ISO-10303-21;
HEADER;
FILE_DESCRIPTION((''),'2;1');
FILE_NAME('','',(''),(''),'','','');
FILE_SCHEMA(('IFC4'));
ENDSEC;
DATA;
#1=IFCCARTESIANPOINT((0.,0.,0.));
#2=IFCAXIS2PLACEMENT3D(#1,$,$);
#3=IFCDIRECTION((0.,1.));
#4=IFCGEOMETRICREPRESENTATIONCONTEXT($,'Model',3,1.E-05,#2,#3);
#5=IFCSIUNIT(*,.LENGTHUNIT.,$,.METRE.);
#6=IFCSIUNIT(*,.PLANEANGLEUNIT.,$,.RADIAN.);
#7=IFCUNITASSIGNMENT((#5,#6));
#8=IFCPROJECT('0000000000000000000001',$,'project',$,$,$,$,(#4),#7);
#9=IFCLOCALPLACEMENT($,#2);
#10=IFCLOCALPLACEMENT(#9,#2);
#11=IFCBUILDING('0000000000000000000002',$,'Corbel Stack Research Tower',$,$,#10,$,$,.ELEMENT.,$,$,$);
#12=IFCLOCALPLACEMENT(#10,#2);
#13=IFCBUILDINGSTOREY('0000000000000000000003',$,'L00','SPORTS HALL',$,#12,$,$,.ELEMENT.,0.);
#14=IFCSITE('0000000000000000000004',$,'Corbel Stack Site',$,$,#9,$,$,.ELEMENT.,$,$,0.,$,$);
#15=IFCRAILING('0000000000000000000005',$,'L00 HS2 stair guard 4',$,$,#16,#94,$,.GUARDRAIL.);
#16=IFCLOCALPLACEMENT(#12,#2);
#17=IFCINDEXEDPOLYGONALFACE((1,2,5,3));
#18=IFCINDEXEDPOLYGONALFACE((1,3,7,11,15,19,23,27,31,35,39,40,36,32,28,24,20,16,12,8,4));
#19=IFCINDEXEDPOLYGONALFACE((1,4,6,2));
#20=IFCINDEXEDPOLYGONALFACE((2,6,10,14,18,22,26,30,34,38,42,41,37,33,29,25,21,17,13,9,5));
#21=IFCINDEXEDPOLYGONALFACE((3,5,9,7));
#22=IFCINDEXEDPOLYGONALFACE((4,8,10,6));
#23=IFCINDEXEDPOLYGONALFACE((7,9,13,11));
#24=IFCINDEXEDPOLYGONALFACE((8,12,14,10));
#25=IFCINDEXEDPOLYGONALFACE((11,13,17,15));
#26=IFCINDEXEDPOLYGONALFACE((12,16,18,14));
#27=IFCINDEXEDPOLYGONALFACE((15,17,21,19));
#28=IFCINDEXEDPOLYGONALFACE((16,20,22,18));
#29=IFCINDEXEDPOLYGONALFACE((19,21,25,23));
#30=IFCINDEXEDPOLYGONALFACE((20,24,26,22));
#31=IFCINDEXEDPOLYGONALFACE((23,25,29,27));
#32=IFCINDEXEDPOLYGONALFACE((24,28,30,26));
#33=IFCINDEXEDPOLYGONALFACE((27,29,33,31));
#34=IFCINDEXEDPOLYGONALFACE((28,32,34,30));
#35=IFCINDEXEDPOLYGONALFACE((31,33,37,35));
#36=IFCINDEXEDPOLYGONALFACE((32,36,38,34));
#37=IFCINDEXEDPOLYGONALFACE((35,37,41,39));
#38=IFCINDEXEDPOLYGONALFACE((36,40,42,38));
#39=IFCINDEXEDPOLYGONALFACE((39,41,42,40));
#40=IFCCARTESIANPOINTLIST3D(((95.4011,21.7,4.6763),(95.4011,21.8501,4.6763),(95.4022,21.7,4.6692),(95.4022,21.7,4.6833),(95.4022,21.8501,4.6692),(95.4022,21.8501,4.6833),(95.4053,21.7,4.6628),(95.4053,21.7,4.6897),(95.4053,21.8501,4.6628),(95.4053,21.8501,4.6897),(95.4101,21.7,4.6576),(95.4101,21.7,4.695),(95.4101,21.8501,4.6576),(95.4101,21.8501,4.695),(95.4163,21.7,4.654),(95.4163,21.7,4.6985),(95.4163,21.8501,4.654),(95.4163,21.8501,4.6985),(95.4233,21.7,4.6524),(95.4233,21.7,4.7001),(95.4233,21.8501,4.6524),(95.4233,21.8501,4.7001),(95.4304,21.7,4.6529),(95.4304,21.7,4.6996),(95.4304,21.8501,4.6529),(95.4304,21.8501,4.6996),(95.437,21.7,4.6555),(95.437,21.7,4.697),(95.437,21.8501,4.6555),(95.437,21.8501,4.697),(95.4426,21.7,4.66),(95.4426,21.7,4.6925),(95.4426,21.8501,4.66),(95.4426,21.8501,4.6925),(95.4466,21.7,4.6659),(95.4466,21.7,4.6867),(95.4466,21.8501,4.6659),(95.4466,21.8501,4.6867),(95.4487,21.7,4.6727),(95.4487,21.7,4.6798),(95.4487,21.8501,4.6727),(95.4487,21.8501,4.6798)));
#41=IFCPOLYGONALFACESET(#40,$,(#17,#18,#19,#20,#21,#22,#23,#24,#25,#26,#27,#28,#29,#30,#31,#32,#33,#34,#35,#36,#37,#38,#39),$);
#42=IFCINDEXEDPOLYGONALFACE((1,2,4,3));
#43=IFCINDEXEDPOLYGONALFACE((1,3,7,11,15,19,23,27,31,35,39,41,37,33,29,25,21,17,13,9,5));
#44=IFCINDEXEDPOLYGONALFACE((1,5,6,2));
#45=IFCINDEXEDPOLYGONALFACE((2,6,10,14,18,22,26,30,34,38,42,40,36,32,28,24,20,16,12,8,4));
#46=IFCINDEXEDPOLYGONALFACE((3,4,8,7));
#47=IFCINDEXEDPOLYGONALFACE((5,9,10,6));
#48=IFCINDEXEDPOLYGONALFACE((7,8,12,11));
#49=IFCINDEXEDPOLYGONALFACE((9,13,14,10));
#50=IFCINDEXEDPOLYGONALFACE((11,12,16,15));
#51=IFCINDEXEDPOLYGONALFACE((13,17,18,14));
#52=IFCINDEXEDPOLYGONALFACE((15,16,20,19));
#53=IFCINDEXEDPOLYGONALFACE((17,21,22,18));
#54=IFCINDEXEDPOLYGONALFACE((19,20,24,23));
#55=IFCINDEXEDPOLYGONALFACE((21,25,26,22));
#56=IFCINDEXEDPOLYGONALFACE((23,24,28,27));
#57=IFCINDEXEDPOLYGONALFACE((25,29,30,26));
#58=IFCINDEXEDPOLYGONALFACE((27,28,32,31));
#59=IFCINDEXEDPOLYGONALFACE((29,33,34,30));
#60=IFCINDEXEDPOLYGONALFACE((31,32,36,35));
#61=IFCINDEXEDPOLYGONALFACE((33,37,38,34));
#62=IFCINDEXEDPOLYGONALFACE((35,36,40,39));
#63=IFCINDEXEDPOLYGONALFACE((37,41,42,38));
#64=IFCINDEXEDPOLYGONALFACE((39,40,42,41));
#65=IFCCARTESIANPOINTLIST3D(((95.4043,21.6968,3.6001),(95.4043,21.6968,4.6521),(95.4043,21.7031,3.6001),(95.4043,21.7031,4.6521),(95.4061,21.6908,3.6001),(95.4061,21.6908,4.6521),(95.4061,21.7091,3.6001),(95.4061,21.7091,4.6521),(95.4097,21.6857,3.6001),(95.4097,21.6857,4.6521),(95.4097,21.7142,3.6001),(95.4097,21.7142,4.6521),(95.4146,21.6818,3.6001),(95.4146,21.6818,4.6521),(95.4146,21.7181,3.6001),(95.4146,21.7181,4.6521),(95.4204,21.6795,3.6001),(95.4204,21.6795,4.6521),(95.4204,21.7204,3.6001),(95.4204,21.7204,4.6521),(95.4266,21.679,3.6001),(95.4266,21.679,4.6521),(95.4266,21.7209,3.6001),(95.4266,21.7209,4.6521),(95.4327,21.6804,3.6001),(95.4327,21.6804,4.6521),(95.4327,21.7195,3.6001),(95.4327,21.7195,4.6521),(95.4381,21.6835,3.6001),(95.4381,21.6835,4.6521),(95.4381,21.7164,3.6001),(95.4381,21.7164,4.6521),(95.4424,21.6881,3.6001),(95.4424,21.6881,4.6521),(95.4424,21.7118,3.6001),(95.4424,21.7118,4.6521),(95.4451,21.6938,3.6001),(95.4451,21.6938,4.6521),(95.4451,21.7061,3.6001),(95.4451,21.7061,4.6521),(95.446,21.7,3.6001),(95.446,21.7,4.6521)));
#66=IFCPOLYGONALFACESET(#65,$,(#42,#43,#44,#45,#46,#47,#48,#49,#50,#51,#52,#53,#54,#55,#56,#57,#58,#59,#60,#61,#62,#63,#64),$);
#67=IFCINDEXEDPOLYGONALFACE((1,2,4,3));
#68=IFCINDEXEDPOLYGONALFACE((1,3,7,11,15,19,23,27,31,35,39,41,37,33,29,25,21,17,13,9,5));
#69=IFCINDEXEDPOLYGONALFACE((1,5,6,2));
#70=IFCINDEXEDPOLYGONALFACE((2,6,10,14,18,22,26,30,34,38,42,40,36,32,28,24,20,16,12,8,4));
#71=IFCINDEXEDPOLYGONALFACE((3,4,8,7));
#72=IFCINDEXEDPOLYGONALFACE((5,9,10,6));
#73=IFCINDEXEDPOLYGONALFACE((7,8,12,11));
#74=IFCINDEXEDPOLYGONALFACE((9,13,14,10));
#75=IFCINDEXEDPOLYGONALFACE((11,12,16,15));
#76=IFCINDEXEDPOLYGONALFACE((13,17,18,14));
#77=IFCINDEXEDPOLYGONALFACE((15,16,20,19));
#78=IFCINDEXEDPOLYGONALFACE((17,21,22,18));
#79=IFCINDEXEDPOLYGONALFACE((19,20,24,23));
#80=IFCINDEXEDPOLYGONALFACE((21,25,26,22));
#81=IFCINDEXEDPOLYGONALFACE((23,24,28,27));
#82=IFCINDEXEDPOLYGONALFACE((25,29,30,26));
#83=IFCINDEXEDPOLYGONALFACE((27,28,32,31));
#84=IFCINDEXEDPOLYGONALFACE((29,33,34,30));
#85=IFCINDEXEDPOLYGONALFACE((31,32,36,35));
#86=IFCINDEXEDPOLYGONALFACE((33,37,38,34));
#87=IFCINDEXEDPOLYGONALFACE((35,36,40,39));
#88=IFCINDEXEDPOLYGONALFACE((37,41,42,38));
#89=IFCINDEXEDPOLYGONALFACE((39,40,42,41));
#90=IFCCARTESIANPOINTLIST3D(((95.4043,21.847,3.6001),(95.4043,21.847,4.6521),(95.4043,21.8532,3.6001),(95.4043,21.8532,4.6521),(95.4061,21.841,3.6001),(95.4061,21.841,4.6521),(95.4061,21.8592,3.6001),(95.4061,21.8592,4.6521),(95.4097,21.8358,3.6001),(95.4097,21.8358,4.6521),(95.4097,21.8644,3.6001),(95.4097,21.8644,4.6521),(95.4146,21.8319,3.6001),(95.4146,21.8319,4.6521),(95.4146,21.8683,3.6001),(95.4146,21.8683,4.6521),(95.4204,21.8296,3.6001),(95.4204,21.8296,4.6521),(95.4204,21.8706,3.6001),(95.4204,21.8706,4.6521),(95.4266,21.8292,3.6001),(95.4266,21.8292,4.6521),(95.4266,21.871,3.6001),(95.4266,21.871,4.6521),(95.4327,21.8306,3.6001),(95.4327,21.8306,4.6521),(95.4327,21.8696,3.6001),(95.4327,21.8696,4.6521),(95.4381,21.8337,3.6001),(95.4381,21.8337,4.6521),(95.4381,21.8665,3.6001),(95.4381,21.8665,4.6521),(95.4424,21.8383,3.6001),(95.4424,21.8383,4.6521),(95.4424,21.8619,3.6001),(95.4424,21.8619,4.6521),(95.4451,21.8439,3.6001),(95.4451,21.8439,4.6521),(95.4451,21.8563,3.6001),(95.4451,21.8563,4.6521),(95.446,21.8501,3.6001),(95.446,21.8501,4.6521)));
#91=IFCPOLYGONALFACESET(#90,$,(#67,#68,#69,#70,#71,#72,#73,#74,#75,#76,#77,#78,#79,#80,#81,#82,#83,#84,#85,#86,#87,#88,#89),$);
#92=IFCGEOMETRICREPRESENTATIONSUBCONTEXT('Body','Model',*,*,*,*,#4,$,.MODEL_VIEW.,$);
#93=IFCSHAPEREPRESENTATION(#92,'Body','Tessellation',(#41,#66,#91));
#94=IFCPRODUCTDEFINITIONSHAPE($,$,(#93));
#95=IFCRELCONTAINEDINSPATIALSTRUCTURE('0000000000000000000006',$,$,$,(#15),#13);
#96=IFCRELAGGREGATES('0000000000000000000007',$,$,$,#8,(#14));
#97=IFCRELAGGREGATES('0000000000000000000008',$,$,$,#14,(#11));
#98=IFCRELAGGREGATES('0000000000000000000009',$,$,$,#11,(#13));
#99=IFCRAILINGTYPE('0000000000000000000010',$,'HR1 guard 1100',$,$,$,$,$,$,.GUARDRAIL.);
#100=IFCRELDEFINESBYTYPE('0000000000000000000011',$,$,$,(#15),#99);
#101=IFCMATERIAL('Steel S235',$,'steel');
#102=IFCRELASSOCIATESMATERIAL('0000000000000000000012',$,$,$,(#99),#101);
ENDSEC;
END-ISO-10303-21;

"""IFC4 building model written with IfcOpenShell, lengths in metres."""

from ifc_helpers import new_model, si_unit, direction, frame, origin, origin_2d, place, context, subcontext, project, spatial, circle, extrude, material, type_object, element, save


model = new_model("IFC4")

# Units and contexts
model_context = context("Model", 3, precision=1e-05, world=origin(), true_north=direction((0.0, 1.0)))
body_context = subcontext(model_context, "Body", "Model", "MODEL_VIEW")
ifc_project = project(units=[si_unit("LENGTHUNIT", "METRE"), si_unit("PLANEANGLEUNIT", "RADIAN")], contexts=[model_context])

# Site, building, storey
site_placement = place(None, origin())
site = spatial("IfcSite", under=ifc_project, at=site_placement, Name="Corbel Stack Site", CompositionType="ELEMENT", RefElevation=0.0)
building_placement = place(site_placement, origin())
building = spatial("IfcBuilding", under=site, at=building_placement, Name="Corbel Stack Research Tower", CompositionType="ELEMENT")
storey_placement = place(building_placement, origin())
storey = spatial("IfcBuildingStorey", under=building, at=storey_placement, Name="L00", Description="SPORTS HALL", CompositionType="ELEMENT", Elevation=0.0)

# Railing
ifc_material_1 = material(Name="Steel S235", Category="steel")
railing_type_1 = type_object("IfcRailingType", Name="HR1 guard 1100", PredefinedType="GUARDRAIL", material=ifc_material_1)
railing_1_placement = place(storey_placement, frame((95.425, 21.7, 3.6001)))
element("IfcRailing", 1, at=railing_1_placement, inside=storey, type_object=railing_type_1, Name="L00 HS2 stair guard 4", PredefinedType="GUARDRAIL", context=body_context, shape_type="SweptSolid", body=[
    extrude(circle(Radius=0.0239, at=origin_2d()), frame((0.0, 0.0, 1.0762), z_axis=(0.0, 1.0, 0.0), x_axis=(-1.0, 0.0, 0.0)), (0.0, 0.0, 1.0), 0.1501),
    extrude(circle(Radius=0.021, at=origin_2d()), origin(), (0.0, 0.0, 1.0), 1.052),
    extrude(circle(Radius=0.021, at=origin_2d()), frame((0.0, 0.1501, 0.0)), (0.0, 0.0, 1.0), 1.052),
])

save(model, "model.ifc")
